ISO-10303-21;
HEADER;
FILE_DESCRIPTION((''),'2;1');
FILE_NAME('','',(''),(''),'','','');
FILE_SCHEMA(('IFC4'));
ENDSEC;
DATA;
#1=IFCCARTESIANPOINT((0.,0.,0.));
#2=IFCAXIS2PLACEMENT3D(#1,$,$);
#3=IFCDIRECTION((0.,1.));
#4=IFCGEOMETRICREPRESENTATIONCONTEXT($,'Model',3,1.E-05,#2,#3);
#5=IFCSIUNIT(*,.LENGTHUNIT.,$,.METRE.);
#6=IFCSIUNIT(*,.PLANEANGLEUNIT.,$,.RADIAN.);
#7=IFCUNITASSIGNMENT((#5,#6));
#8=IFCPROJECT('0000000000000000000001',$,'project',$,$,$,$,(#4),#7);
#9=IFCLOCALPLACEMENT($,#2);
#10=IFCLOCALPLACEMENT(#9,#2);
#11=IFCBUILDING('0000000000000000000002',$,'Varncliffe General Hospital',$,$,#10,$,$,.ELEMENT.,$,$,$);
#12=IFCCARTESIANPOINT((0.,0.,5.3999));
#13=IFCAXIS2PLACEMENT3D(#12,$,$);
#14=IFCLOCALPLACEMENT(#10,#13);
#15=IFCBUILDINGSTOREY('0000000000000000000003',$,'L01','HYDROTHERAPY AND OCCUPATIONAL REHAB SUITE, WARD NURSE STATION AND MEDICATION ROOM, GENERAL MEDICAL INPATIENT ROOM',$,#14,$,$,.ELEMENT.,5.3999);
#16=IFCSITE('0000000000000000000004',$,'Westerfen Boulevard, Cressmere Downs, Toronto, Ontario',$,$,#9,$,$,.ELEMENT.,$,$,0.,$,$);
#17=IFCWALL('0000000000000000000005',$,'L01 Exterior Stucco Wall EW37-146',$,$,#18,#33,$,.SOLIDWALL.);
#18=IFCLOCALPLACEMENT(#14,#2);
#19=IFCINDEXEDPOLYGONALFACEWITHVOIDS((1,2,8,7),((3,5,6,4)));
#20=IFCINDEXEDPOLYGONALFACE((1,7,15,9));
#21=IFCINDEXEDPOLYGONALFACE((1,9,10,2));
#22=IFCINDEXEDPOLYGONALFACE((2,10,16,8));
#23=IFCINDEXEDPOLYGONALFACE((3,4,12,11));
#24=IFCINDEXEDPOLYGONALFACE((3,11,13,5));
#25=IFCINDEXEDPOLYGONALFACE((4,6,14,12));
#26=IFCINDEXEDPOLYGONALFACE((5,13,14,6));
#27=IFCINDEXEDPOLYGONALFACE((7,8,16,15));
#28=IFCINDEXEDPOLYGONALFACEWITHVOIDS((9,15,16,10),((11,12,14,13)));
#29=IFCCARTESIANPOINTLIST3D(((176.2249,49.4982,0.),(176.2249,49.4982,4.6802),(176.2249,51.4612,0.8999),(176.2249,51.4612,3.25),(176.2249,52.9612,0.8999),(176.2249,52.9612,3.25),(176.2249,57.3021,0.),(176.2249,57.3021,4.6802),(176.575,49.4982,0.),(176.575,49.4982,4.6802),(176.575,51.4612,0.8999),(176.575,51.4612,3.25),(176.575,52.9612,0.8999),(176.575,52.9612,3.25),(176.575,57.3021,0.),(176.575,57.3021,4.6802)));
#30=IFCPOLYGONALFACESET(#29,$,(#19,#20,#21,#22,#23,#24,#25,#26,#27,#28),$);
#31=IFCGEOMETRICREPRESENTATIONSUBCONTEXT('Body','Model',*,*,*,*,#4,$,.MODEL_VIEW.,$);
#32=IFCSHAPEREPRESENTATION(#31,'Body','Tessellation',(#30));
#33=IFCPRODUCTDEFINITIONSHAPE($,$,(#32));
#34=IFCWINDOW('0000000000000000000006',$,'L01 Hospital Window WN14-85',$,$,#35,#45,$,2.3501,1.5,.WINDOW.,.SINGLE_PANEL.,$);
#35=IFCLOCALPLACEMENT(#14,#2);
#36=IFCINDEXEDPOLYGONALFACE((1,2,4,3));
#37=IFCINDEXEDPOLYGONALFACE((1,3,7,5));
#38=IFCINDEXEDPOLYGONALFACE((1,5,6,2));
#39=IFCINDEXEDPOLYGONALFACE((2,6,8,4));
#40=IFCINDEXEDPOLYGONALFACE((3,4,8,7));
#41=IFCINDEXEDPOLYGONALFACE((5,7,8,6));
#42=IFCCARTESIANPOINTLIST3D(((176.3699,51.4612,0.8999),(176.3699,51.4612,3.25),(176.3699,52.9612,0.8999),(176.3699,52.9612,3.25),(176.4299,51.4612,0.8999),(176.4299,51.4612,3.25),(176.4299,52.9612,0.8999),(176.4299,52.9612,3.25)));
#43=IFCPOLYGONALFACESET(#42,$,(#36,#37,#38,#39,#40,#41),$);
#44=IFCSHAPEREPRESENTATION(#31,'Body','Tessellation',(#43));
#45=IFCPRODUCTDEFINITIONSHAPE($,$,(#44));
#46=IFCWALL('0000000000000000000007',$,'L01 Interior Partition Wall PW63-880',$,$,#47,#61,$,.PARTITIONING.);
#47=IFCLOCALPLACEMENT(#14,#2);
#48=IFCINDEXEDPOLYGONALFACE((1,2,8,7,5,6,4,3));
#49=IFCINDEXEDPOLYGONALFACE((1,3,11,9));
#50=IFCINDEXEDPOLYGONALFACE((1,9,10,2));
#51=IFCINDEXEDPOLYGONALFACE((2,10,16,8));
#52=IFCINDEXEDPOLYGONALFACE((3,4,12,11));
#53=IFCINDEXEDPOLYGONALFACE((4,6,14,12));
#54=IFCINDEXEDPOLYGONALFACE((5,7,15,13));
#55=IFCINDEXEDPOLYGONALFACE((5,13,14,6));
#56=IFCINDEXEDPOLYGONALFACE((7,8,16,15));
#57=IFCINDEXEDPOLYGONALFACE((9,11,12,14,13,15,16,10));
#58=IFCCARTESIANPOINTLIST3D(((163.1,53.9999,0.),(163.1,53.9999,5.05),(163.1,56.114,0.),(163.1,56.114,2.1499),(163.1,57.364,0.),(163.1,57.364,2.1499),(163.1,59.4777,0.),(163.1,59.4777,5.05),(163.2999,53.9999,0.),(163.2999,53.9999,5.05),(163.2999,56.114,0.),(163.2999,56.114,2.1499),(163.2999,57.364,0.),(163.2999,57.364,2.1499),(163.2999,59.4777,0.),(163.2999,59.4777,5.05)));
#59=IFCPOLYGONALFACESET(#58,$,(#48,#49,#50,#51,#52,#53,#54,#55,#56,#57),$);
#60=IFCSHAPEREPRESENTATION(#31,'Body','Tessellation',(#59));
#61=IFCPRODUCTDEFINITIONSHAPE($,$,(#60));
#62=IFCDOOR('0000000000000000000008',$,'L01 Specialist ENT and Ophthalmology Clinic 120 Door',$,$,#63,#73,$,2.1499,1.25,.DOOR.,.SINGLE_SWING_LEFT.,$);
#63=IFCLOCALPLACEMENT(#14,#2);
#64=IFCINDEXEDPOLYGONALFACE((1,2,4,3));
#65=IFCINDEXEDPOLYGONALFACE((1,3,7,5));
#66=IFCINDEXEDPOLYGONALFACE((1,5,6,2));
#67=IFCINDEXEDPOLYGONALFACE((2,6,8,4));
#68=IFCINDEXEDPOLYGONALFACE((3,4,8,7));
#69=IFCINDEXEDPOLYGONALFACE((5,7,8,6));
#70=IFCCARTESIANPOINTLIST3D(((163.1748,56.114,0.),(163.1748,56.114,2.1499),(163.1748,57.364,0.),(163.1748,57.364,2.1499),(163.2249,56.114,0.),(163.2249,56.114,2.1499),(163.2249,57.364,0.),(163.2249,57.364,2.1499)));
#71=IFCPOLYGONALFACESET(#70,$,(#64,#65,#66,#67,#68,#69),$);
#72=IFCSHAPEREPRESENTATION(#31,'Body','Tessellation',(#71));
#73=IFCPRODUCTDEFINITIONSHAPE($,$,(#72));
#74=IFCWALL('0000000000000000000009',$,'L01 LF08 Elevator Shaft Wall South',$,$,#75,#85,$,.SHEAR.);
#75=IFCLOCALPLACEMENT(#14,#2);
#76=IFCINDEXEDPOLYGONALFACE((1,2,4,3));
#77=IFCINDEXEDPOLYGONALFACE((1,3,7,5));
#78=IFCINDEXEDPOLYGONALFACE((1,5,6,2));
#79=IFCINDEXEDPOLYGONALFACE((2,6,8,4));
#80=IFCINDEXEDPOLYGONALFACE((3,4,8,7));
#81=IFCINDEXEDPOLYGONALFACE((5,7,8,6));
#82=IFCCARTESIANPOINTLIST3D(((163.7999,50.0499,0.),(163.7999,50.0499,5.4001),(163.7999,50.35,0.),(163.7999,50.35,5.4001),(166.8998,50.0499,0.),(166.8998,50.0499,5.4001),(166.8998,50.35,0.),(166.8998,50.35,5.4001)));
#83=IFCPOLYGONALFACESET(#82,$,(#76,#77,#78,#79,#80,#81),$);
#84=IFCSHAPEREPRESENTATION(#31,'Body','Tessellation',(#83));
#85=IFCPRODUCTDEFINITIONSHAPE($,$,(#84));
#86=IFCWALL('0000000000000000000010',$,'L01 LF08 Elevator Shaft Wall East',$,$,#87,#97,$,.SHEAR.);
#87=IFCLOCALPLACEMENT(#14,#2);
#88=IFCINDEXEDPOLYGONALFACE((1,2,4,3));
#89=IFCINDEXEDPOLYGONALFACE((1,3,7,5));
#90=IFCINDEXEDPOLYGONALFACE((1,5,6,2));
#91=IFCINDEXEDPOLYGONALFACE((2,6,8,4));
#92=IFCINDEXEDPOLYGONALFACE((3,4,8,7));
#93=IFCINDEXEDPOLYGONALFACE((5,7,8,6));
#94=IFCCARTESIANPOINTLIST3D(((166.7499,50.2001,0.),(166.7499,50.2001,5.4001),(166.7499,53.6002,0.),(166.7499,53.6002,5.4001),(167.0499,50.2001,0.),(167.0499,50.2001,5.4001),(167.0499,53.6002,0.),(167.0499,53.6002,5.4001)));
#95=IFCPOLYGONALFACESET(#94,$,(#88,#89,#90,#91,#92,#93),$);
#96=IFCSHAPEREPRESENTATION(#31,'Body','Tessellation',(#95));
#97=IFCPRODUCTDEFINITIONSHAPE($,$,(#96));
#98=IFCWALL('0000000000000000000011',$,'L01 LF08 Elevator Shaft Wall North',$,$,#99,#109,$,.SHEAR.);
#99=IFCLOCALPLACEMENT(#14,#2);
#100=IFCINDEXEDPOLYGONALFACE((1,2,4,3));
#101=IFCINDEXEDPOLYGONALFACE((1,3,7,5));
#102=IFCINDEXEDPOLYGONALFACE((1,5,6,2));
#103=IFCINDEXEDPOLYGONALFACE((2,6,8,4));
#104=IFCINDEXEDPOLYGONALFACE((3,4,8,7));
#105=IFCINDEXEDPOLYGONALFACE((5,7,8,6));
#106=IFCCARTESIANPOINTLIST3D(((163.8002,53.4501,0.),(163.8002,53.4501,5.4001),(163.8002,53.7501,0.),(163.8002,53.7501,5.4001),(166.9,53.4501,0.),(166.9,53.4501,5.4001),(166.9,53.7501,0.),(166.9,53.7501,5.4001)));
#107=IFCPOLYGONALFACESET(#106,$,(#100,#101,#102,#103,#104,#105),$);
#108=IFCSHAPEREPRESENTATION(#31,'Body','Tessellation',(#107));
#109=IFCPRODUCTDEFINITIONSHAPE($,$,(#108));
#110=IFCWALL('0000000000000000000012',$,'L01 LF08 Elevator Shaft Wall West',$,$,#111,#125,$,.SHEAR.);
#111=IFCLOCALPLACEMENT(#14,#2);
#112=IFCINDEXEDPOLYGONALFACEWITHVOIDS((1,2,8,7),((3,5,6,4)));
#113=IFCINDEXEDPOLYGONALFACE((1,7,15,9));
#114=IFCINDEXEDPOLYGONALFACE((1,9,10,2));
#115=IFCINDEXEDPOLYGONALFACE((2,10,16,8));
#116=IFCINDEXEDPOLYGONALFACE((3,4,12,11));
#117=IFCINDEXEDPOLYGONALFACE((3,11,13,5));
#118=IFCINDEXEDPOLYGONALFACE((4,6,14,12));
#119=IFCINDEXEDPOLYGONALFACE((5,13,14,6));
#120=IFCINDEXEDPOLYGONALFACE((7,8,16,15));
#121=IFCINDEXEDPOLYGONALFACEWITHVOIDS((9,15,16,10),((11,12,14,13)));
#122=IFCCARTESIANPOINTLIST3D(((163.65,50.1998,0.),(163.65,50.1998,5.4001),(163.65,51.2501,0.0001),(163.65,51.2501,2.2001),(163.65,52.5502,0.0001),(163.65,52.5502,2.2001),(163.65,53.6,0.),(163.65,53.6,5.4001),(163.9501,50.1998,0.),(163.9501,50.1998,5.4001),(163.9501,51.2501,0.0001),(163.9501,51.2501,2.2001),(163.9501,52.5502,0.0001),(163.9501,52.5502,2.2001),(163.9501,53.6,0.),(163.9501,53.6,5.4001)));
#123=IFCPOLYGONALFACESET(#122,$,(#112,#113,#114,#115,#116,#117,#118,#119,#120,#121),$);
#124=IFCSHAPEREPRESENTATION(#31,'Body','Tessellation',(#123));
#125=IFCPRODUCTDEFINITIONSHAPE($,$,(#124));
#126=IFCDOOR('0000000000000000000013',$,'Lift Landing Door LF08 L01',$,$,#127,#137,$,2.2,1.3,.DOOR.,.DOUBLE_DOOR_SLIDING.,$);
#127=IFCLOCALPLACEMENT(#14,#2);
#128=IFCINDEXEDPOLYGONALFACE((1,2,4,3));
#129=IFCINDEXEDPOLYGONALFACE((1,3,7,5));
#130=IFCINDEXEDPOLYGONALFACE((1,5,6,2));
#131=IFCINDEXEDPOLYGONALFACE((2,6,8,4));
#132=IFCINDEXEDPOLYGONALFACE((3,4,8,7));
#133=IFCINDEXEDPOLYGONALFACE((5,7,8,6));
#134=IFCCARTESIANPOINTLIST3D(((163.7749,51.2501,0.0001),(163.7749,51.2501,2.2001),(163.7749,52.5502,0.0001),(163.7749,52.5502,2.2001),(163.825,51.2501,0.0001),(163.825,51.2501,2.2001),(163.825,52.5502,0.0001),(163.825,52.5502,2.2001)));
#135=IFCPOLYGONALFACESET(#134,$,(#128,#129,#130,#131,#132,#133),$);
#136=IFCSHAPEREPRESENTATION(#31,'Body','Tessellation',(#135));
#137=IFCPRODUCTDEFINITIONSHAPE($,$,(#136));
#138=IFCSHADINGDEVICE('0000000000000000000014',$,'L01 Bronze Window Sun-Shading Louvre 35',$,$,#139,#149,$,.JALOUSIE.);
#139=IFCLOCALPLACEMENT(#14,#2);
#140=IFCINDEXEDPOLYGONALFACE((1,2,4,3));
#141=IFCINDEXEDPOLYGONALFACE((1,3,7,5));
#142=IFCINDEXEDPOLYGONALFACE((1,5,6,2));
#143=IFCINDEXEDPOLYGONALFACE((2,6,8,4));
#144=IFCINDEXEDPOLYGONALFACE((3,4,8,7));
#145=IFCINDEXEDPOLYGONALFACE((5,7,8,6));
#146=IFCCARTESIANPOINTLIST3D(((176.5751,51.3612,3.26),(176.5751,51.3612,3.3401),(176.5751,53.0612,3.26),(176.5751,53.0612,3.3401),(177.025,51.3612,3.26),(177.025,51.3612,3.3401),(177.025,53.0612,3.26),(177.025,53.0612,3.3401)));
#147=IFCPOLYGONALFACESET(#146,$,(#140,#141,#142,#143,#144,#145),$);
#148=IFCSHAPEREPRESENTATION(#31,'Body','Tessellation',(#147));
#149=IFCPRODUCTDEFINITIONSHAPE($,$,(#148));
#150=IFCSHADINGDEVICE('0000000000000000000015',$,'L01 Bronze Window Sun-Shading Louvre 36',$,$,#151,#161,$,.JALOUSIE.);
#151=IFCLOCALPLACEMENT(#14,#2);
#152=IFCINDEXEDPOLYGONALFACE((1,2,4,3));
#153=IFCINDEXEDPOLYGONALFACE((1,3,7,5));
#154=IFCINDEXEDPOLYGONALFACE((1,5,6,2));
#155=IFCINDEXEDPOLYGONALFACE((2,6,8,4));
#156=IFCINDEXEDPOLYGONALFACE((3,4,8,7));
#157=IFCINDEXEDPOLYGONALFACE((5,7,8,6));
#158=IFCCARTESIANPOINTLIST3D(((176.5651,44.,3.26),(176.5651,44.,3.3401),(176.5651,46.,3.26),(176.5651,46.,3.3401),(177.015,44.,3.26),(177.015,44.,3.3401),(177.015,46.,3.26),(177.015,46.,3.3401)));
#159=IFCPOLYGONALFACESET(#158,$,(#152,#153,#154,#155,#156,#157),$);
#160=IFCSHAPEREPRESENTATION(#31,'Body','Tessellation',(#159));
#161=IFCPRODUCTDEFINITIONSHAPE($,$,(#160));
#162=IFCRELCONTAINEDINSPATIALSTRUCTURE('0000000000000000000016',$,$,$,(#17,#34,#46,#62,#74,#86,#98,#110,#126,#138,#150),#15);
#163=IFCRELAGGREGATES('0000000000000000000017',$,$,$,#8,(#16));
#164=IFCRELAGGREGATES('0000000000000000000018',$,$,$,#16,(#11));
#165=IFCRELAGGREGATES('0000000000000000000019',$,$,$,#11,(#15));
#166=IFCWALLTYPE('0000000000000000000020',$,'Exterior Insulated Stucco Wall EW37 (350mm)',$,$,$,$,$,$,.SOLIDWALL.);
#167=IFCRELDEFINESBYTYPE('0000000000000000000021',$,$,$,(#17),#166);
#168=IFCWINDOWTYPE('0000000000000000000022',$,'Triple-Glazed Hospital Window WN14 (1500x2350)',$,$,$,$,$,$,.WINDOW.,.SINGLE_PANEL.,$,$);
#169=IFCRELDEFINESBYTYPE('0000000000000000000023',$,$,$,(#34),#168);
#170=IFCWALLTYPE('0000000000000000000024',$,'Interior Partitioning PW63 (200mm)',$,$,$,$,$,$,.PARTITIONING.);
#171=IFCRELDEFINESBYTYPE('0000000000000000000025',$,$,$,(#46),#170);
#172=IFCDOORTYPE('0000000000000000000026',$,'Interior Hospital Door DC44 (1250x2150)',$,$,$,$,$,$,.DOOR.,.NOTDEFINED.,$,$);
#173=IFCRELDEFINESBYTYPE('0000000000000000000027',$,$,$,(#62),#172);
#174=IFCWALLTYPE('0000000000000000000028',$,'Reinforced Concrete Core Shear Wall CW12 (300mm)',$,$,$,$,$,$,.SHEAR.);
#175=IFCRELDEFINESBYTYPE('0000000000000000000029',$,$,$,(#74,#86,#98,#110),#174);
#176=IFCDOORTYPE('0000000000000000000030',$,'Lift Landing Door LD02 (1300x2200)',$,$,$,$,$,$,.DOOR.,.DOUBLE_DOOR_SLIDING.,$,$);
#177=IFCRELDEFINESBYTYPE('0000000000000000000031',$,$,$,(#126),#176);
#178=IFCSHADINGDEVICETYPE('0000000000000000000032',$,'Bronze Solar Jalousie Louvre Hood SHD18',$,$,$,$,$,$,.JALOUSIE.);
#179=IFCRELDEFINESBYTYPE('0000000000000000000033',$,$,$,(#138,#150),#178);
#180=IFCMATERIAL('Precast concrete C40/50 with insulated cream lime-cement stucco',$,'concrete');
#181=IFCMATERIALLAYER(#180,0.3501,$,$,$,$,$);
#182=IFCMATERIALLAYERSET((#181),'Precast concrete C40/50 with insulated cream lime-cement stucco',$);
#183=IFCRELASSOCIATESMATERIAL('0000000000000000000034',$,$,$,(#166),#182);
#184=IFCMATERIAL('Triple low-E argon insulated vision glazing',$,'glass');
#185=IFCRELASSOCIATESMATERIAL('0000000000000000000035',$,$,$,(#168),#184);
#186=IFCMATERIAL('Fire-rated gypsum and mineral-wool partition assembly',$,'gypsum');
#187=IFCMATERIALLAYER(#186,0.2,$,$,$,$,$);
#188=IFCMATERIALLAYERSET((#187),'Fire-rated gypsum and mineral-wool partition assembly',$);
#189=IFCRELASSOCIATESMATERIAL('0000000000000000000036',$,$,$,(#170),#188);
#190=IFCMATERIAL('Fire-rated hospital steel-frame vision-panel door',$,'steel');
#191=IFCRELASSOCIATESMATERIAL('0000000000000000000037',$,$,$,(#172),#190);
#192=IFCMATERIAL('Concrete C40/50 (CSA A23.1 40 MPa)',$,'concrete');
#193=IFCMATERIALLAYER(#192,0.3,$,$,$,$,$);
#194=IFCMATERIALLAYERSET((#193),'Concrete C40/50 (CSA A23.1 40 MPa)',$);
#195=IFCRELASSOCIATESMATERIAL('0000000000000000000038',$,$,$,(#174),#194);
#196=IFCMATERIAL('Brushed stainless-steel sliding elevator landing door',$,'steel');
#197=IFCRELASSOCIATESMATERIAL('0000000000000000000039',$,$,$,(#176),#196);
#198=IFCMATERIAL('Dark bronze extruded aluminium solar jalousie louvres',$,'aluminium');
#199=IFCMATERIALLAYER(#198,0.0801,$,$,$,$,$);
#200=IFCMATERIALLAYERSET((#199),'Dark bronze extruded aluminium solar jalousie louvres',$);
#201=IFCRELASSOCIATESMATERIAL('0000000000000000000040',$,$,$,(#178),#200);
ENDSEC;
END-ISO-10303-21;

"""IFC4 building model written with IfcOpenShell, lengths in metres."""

from ifc_helpers import new_model, si_unit, direction, frame, frame_2d, origin, origin_2d, place, context, subcontext, project, spatial, rectangle, extrude, material, layer, layer_set, type_object, element, fill, save


model = new_model("IFC4")

# Units and contexts
model_context = context("Model", 3, precision=1e-05, world=origin(), true_north=direction((0.0, 1.0)))
body_context = subcontext(model_context, "Body", "Model", "MODEL_VIEW")
ifc_project = project(units=[si_unit("LENGTHUNIT", "METRE"), si_unit("PLANEANGLEUNIT", "RADIAN")], contexts=[model_context])

# Site, building, storey
site_placement = place(None, origin())
site = spatial("IfcSite", under=ifc_project, at=site_placement, Name="Westerfen Boulevard, Cressmere Downs, Toronto, Ontario", CompositionType="ELEMENT", RefElevation=0.0)
building_placement = place(site_placement, origin())
building = spatial("IfcBuilding", under=site, at=building_placement, Name="Varncliffe General Hospital", CompositionType="ELEMENT")
storey_placement = place(building_placement, frame((0.0, 0.0, 5.3999)))
storey = spatial("IfcBuildingStorey", under=building, at=storey_placement, Name="L01", Description="HYDROTHERAPY AND OCCUPATIONAL REHAB SUITE, WARD NURSE STATION AND MEDICATION ROOM, GENERAL MEDICAL INPATIENT ROOM", CompositionType="ELEMENT", Elevation=5.3999)

# Shared definitions
ifc_material_1 = material(Name="Concrete C40/50 (CSA A23.1 40 MPa)", Category="concrete")

# Wall, opening, window
ifc_material_2 = material(Name="Precast concrete C40/50 with insulated cream lime-cement stucco", Category="concrete")
ifc_material_3 = material(Name="Triple low-E argon insulated vision glazing", Category="glass")
ifc_layer_1 = layer(ifc_material_2, 0.3501)
ifc_layer_set_1 = layer_set([ifc_layer_1], Name="Precast concrete C40/50 with insulated cream lime-cement stucco")
wall_type_1 = type_object("IfcWallType", Name="Exterior Insulated Stucco Wall EW37 (350mm)", PredefinedType="SOLIDWALL", material=ifc_layer_set_1)
wall_1_placement = place(storey_placement, frame((176.3999, 57.302, 0.0), z_axis=(0.0, 0.0, 1.0), x_axis=(0.0, -1.0, 0.0)))
wall_1 = element("IfcWall", 1, at=wall_1_placement, inside=storey, type_object=wall_type_1, Name="L01 Exterior Stucco Wall EW37-146", PredefinedType="SOLIDWALL", context=body_context, shape_type="SweptSolid", body=[
    extrude(rectangle(XDim=7.804, YDim=0.3501, at=frame_2d((3.9019, 0.0))), origin(), (0.0, 0.0, 1.0), 4.6802),
])
opening_1_placement = place(wall_1_placement, frame((4.3408, 0.0, 0.8999)))
opening_1 = element("IfcOpeningElement", 2, at=opening_1_placement, cuts=wall_1, PredefinedType="OPENING", context=body_context, shape_type="SweptSolid", body=[
    extrude(rectangle(XDim=1.5, YDim=2.3501, at=frame_2d((0.75, 1.175))), frame((0.0, 0.1851, 0.0), z_axis=(0.0, -1.0, 0.0), x_axis=(1.0, 0.0, 0.0)), (0.0, 0.0, 1.0), 0.3701),
])
window_type_1 = type_object("IfcWindowType", Name="Triple-Glazed Hospital Window WN14 (1500x2350)", PartitioningType="SINGLE_PANEL", PredefinedType="WINDOW", material=ifc_material_3)
window_1_placement = place(opening_1_placement, origin())
window_1 = element("IfcWindow", 3, at=window_1_placement, inside=storey, type_object=window_type_1, Name="L01 Hospital Window WN14-85", OverallHeight=2.3501, OverallWidth=1.5, PartitioningType="SINGLE_PANEL", PredefinedType="WINDOW", context=body_context, shape_type="SweptSolid", body=[
    extrude(rectangle(XDim=1.5, YDim=2.3501, at=frame_2d((0.75, 1.175))), frame((0.0, 0.03, 0.0), z_axis=(0.0, -1.0, 0.0), x_axis=(1.0, 0.0, 0.0)), (0.0, 0.0, 1.0), 0.0601),
])
fill(opening_1, window_1)

# Wall, opening, door
ifc_material_4 = material(Name="Fire-rated gypsum and mineral-wool partition assembly", Category="gypsum")
ifc_layer_2 = layer(ifc_material_4, 0.2)
ifc_layer_set_2 = layer_set([ifc_layer_2], Name="Fire-rated gypsum and mineral-wool partition assembly")
wall_type_2 = type_object("IfcWallType", Name="Interior Partitioning PW63 (200mm)", PredefinedType="PARTITIONING", material=ifc_layer_set_2)
wall_2_placement = place(storey_placement, frame((163.2, 54.0, 0.0), z_axis=(0.0, 0.0, 1.0), x_axis=(0.0, 1.0, 0.0)))
wall_2 = element("IfcWall", 4, at=wall_2_placement, inside=storey, type_object=wall_type_2, Name="L01 Interior Partition Wall PW63-880", PredefinedType="PARTITIONING", context=body_context, shape_type="SweptSolid", body=[
    extrude(rectangle(XDim=5.4778, YDim=0.2, at=frame_2d((2.7388, 0.0))), origin(), (0.0, 0.0, 1.0), 5.05),
])
opening_2_placement = place(wall_2_placement, frame((2.114, 0.0, 0.0)))
opening_2 = element("IfcOpeningElement", 5, at=opening_2_placement, cuts=wall_2, PredefinedType="OPENING", context=body_context, shape_type="SweptSolid", body=[
    extrude(rectangle(XDim=1.25, YDim=2.1499, at=frame_2d((0.625, 1.075))), frame((0.0, 0.1099, 0.0), z_axis=(0.0, -1.0, 0.0), x_axis=(1.0, 0.0, 0.0)), (0.0, 0.0, 1.0), 0.22),
])
ifc_material_5 = material(Name="Fire-rated hospital steel-frame vision-panel door", Category="steel")
door_type_1 = type_object("IfcDoorType", Name="Interior Hospital Door DC44 (1250x2150)", OperationType="NOTDEFINED", PredefinedType="DOOR", material=ifc_material_5)
door_1_placement = place(opening_2_placement, frame((1.25, 0.0, 0.0), z_axis=(0.0, 0.0, 1.0), x_axis=(-1.0, 0.0, 0.0)))
door_1 = element("IfcDoor", 6, at=door_1_placement, inside=storey, type_object=door_type_1, Name="L01 Specialist ENT and Ophthalmology Clinic 120 Door", OperationType="SINGLE_SWING_LEFT", OverallHeight=2.1499, OverallWidth=1.25, PredefinedType="DOOR", context=body_context, shape_type="SweptSolid", body=[
    extrude(rectangle(XDim=1.25, YDim=2.1499, at=frame_2d((0.625, 1.075))), frame((0.0, 0.0249, 0.0), z_axis=(0.0, -1.0, 0.0), x_axis=(1.0, 0.0, 0.0)), (0.0, 0.0, 1.0), 0.05),
])
fill(opening_2, door_1)

# Walls
ifc_layer_3 = layer(ifc_material_1, 0.3)
ifc_layer_set_3 = layer_set([ifc_layer_3], Name="Concrete C40/50 (CSA A23.1 40 MPa)")
wall_type_3 = type_object("IfcWallType", Name="Reinforced Concrete Core Shear Wall CW12 (300mm)", PredefinedType="SHEAR", material=ifc_layer_set_3)
wall_3_placement = place(storey_placement, frame((163.8, 50.2, 0.0), z_axis=(0.0, 0.0, 1.0), x_axis=(1.0, 0.0, 0.0)))
element("IfcWall", 7, at=wall_3_placement, inside=storey, type_object=wall_type_3, Name="L01 LF08 Elevator Shaft Wall South", PredefinedType="SHEAR", context=body_context, shape_type="SweptSolid", body=[
    extrude(rectangle(XDim=3.0999, YDim=0.3, at=frame_2d((1.5498, 0.0))), origin(), (0.0, 0.0, 1.0), 5.4001),
])
wall_4_placement = place(storey_placement, frame((166.8999, 50.2, 0.0), z_axis=(0.0, 0.0, 1.0), x_axis=(0.0, 1.0, 0.0)))
element("IfcWall", 8, at=wall_4_placement, inside=storey, type_object=wall_type_3, Name="L01 LF08 Elevator Shaft Wall East", PredefinedType="SHEAR", context=body_context, shape_type="SweptSolid", body=[
    extrude(rectangle(XDim=3.4001, YDim=0.3, at=frame_2d((1.7002, 0.0))), origin(), (0.0, 0.0, 1.0), 5.4001),
])
wall_5_placement = place(storey_placement, frame((166.8999, 53.6001, 0.0), z_axis=(0.0, 0.0, 1.0), x_axis=(-1.0, 0.0, 0.0)))
element("IfcWall", 9, at=wall_5_placement, inside=storey, type_object=wall_type_3, Name="L01 LF08 Elevator Shaft Wall North", PredefinedType="SHEAR", context=body_context, shape_type="SweptSolid", body=[
    extrude(rectangle(XDim=3.0999, YDim=0.3, at=frame_2d((1.5498, 0.0))), origin(), (0.0, 0.0, 1.0), 5.4001),
])

# Wall, opening, door
wall_6_placement = place(storey_placement, frame((163.8, 53.6001, 0.0), z_axis=(0.0, 0.0, 1.0), x_axis=(0.0, -1.0, 0.0)))
wall_6 = element("IfcWall", 10, at=wall_6_placement, inside=storey, type_object=wall_type_3, Name="L01 LF08 Elevator Shaft Wall West", PredefinedType="SHEAR", context=body_context, shape_type="SweptSolid", body=[
    extrude(rectangle(XDim=3.4001, YDim=0.3, at=frame_2d((1.7002, 0.0))), origin(), (0.0, 0.0, 1.0), 5.4001),
])
opening_3_placement = place(wall_6_placement, frame((1.05, 0.0, 0.0)))
opening_3 = element("IfcOpeningElement", 11, at=opening_3_placement, cuts=wall_6, PredefinedType="OPENING", context=body_context, shape_type="SweptSolid", body=[
    extrude(rectangle(XDim=1.3, YDim=2.2, at=frame_2d((0.6499, 1.1001))), frame((0.0, 0.1602, 0.0), z_axis=(0.0, -1.0, 0.0), x_axis=(1.0, 0.0, 0.0)), (0.0, 0.0, 1.0), 0.3201),
])
ifc_material_6 = material(Name="Brushed stainless-steel sliding elevator landing door", Category="steel")
door_type_2 = type_object("IfcDoorType", Name="Lift Landing Door LD02 (1300x2200)", OperationType="DOUBLE_DOOR_SLIDING", PredefinedType="DOOR", material=ifc_material_6)
door_2_placement = place(opening_3_placement, origin())
door_2 = element("IfcDoor", 12, at=door_2_placement, inside=storey, type_object=door_type_2, Name="Lift Landing Door LF08 L01", OperationType="DOUBLE_DOOR_SLIDING", OverallHeight=2.2, OverallWidth=1.3, PredefinedType="DOOR", context=body_context, shape_type="SweptSolid", body=[
    extrude(rectangle(XDim=1.3, YDim=2.2, at=frame_2d((0.6499, 1.1001))), frame((0.0, 0.0249, 0.0), z_axis=(0.0, -1.0, 0.0), x_axis=(1.0, 0.0, 0.0)), (0.0, 0.0, 1.0), 0.05),
])
fill(opening_3, door_2)

# Shading devices
ifc_material_7 = material(Name="Dark bronze extruded aluminium solar jalousie louvres", Category="aluminium")
ifc_layer_4 = layer(ifc_material_7, 0.0801)
ifc_layer_set_4 = layer_set([ifc_layer_4], Name="Dark bronze extruded aluminium solar jalousie louvres")
shading_device_type = type_object("IfcShadingDeviceType", Name="Bronze Solar Jalousie Louvre Hood SHD18", PredefinedType="JALOUSIE", material=ifc_layer_set_4)
shading_device_1_placement = place(storey_placement, frame((176.8, 52.2112, 3.26), z_axis=(0.0, 0.0, 1.0), x_axis=(0.0, -1.0, 0.0)))
element("IfcShadingDevice", 13, at=shading_device_1_placement, inside=storey, type_object=shading_device_type, Name="L01 Bronze Window Sun-Shading Louvre 35", PredefinedType="JALOUSIE", context=body_context, shape_type="SweptSolid", body=[
    extrude(rectangle(XDim=1.7, YDim=0.45, at=origin_2d()), origin(), (0.0, 0.0, 1.0), 0.0801),
])
shading_device_2_placement = place(storey_placement, frame((176.79, 45.0, 3.26), z_axis=(0.0, 0.0, 1.0), x_axis=(0.0, -1.0, 0.0)))
element("IfcShadingDevice", 14, at=shading_device_2_placement, inside=storey, type_object=shading_device_type, Name="L01 Bronze Window Sun-Shading Louvre 36", PredefinedType="JALOUSIE", context=body_context, shape_type="SweptSolid", body=[
    extrude(rectangle(XDim=2.0, YDim=0.45, at=origin_2d()), origin(), (0.0, 0.0, 1.0), 0.0801),
])

save(model, "model.ifc")
